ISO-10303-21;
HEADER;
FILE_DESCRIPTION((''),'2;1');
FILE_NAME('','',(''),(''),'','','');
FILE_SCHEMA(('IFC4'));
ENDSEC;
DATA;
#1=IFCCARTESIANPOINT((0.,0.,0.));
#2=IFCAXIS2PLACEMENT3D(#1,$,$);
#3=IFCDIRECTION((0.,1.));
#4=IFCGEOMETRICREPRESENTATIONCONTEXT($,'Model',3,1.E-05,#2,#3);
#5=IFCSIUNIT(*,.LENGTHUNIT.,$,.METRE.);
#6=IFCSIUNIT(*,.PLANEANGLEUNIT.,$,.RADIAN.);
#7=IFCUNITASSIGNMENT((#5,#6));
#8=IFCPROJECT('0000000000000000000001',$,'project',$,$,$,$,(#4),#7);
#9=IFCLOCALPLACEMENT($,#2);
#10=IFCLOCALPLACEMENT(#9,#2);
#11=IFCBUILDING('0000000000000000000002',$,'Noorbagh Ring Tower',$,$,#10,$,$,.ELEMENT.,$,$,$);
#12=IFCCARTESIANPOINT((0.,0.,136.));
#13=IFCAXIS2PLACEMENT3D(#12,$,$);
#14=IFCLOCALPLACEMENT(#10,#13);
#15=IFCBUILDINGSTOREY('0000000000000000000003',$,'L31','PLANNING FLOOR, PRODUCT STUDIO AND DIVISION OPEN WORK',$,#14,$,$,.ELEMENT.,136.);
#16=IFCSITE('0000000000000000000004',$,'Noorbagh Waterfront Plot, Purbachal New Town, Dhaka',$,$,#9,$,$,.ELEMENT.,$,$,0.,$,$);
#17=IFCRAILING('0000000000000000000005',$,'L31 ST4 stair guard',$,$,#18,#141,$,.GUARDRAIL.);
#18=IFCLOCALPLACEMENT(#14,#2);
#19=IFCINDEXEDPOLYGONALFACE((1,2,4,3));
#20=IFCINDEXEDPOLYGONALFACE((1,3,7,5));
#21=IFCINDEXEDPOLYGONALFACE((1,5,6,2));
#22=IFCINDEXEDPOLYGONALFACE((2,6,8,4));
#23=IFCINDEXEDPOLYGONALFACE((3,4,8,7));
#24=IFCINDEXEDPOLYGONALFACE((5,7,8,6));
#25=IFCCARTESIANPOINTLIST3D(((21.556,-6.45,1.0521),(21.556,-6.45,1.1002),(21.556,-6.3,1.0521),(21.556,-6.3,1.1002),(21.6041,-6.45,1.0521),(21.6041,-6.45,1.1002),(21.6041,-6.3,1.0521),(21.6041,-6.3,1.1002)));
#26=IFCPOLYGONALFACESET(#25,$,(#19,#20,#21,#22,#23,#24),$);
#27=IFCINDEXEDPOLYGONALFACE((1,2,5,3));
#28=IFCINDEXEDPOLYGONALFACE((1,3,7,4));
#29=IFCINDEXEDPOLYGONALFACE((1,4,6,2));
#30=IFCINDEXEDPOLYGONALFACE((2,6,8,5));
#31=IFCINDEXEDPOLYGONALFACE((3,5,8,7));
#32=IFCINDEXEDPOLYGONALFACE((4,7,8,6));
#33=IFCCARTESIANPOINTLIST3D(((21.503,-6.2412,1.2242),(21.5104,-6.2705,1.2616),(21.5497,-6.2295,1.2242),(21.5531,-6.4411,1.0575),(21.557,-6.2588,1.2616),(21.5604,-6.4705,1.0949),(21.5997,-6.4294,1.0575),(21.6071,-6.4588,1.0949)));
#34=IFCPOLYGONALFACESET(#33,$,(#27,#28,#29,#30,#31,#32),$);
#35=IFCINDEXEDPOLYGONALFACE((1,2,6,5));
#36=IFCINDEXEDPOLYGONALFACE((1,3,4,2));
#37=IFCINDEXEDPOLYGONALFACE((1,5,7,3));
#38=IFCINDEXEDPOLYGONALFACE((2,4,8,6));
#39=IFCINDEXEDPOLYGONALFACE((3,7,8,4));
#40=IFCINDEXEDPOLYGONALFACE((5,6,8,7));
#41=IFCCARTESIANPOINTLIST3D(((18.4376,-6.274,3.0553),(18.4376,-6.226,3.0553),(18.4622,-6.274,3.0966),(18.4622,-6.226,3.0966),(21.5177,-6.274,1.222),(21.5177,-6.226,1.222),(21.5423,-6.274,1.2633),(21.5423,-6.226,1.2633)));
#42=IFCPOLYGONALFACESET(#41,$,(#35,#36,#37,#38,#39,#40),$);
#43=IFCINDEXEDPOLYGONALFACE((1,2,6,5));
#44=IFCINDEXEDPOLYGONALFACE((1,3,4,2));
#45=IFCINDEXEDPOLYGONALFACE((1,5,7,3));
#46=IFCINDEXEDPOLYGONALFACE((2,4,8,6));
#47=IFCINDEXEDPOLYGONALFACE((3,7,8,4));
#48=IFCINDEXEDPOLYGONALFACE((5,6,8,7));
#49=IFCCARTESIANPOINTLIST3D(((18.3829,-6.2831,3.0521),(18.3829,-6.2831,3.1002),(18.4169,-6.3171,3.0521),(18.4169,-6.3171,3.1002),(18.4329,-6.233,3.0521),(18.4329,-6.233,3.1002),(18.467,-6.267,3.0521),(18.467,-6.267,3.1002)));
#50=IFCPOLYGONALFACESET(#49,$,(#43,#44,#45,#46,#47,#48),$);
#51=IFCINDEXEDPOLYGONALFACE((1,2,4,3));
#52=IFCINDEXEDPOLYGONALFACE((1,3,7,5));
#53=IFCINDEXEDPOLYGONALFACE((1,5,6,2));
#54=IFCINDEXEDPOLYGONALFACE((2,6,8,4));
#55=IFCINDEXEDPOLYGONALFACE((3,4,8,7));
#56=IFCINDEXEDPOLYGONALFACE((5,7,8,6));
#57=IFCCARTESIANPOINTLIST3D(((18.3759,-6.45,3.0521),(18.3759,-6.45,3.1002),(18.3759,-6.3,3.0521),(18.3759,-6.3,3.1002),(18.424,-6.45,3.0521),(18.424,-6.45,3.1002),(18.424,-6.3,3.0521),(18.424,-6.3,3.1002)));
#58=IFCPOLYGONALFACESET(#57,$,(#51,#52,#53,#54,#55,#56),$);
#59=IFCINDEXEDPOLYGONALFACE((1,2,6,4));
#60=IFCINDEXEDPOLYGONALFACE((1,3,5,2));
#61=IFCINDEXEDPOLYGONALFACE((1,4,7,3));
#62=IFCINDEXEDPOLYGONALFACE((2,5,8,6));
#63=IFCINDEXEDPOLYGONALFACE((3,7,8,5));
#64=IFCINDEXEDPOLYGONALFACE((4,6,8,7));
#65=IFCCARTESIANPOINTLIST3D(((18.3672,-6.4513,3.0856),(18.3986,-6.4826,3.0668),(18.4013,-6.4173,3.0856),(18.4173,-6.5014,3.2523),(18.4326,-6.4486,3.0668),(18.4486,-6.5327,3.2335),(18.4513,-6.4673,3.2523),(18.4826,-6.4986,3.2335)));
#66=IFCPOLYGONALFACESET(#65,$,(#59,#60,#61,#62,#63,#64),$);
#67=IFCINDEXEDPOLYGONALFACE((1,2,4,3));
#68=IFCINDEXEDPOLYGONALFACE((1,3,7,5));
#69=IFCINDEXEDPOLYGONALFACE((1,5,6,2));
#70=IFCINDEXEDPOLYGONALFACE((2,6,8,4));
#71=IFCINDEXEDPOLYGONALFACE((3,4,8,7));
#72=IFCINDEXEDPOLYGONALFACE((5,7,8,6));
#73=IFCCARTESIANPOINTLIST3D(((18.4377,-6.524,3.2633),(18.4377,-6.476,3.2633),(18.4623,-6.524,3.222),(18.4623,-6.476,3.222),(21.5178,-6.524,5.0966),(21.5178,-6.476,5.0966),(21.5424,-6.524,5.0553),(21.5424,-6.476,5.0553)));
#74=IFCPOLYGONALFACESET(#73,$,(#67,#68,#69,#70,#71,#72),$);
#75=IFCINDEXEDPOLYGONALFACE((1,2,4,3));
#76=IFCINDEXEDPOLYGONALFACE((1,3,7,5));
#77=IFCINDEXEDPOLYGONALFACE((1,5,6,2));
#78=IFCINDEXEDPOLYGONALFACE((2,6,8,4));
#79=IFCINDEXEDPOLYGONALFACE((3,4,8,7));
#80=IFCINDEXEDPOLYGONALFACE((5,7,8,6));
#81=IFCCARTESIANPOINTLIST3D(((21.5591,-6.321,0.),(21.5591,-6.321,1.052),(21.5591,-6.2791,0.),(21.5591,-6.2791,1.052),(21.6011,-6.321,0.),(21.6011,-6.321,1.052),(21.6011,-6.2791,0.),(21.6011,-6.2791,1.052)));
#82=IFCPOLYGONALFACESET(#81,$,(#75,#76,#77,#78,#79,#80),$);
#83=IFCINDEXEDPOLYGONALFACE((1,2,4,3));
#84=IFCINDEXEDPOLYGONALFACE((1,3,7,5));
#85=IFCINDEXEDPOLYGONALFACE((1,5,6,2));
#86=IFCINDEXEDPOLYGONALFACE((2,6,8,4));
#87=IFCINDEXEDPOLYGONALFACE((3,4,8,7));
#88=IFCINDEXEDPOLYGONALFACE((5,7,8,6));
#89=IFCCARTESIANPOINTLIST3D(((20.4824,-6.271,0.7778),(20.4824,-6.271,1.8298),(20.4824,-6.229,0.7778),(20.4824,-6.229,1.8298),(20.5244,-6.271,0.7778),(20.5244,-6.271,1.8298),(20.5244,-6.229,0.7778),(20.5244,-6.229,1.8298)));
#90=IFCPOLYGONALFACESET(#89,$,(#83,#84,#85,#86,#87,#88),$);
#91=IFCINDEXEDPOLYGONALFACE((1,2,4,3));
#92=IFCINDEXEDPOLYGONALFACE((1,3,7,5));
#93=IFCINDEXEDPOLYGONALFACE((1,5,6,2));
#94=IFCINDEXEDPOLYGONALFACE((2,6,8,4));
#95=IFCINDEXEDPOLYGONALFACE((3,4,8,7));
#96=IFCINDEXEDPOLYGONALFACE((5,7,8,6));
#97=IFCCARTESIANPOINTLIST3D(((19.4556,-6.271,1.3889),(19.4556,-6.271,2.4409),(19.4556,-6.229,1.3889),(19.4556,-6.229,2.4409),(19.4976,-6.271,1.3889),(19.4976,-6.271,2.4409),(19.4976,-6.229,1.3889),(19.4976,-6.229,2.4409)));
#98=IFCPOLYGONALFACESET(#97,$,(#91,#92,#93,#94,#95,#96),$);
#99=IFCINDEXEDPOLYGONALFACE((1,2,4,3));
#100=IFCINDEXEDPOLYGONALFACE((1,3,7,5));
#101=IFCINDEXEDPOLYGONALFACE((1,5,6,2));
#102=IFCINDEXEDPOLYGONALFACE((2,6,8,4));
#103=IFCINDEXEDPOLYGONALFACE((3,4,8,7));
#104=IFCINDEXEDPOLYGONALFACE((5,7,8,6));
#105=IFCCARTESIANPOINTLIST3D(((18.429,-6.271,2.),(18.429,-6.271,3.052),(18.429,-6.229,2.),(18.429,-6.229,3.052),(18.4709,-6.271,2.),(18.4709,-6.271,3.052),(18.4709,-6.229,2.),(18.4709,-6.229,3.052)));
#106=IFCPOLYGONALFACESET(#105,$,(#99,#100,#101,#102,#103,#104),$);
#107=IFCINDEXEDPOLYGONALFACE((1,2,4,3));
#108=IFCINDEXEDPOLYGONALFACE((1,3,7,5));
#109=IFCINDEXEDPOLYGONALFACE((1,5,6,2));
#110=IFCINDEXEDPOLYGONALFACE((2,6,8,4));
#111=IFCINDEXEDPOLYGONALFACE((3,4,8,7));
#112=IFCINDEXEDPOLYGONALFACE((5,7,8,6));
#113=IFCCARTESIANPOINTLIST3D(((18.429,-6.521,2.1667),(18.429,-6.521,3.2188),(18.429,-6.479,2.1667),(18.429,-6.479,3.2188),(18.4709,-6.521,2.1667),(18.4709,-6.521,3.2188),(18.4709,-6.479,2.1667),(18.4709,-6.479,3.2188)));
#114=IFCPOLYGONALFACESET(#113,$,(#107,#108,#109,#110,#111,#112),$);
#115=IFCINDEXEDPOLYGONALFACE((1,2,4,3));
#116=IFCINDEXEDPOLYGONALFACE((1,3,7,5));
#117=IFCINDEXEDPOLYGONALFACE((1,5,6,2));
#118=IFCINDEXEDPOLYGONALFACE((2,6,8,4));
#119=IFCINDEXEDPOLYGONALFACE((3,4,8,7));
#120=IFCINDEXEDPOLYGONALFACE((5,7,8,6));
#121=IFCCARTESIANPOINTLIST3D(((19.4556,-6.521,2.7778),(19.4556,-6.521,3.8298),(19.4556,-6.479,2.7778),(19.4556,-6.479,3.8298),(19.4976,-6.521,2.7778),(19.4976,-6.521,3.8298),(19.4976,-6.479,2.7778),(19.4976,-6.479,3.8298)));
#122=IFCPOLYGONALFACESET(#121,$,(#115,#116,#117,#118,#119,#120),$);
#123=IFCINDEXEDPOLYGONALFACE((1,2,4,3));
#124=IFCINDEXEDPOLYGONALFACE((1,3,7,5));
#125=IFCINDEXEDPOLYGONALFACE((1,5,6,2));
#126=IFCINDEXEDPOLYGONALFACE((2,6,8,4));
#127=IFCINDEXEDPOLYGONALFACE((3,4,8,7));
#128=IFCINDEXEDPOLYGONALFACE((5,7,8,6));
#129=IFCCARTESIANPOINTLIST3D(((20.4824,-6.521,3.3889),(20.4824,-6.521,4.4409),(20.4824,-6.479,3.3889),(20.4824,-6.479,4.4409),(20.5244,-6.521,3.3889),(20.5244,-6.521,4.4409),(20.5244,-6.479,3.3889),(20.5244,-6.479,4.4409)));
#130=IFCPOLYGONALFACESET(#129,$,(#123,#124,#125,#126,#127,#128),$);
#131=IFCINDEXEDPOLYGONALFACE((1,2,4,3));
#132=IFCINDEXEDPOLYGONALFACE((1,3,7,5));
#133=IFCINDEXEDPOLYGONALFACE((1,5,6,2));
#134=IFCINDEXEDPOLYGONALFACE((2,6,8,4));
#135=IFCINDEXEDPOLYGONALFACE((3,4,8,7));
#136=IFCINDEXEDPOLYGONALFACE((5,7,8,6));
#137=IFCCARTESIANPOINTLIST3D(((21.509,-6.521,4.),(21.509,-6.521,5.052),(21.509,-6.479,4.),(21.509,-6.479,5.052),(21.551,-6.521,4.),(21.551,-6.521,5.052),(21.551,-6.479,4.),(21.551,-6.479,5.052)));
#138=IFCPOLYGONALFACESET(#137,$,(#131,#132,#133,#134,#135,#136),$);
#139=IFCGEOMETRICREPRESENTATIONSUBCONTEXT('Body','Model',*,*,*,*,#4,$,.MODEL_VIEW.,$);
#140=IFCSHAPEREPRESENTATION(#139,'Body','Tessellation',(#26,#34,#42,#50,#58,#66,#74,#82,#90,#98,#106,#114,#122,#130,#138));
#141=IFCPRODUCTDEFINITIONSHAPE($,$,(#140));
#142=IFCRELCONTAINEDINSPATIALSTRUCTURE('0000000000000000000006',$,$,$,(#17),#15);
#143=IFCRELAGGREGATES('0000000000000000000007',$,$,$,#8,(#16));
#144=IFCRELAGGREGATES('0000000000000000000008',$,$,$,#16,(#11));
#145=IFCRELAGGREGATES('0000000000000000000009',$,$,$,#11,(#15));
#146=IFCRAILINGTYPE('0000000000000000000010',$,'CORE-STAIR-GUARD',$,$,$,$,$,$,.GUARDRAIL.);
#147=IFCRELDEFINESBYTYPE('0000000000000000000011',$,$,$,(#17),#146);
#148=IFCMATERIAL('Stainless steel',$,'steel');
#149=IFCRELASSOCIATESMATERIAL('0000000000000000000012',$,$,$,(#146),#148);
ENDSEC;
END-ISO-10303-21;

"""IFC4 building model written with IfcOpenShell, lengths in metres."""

from ifc_helpers import new_model, si_unit, direction, frame, origin, origin_2d, place, context, subcontext, project, spatial, rectangle, extrude, material, type_object, element, save


model = new_model("IFC4")

# Units and contexts
model_context = context("Model", 3, precision=1e-05, world=origin(), true_north=direction((0.0, 1.0)))
body_context = subcontext(model_context, "Body", "Model", "MODEL_VIEW")
ifc_project = project(units=[si_unit("LENGTHUNIT", "METRE"), si_unit("PLANEANGLEUNIT", "RADIAN")], contexts=[model_context])

# Site, building, storey
site_placement = place(None, origin())
site = spatial("IfcSite", under=ifc_project, at=site_placement, Name="Noorbagh Waterfront Plot, Purbachal New Town, Dhaka", CompositionType="ELEMENT", RefElevation=0.0)
building_placement = place(site_placement, origin())
building = spatial("IfcBuilding", under=site, at=building_placement, Name="Noorbagh Ring Tower", CompositionType="ELEMENT")
storey_placement = place(building_placement, frame((0.0, 0.0, 136.0)))
storey = spatial("IfcBuildingStorey", under=building, at=storey_placement, Name="L31", Description="PLANNING FLOOR, PRODUCT STUDIO AND DIVISION OPEN WORK", CompositionType="ELEMENT", Elevation=136.0)

# Railing
ifc_material_1 = material(Name="Stainless steel", Category="steel")
railing_type_1 = type_object("IfcRailingType", Name="CORE-STAIR-GUARD", PredefinedType="GUARDRAIL", material=ifc_material_1)
railing_1_placement = place(storey_placement, frame((21.5801, -6.3, 0.0)))
element("IfcRailing", 1, at=railing_1_placement, inside=storey, type_object=railing_type_1, Name="L31 ST4 stair guard", PredefinedType="GUARDRAIL", context=body_context, shape_type="SweptSolid", body=[
    extrude(rectangle(XDim=0.0481, YDim=0.0481, at=origin_2d()), frame((0.0, 0.0, 1.0762), z_axis=(0.0, -1.0, 0.0), x_axis=(1.0, 0.0, 0.0)), (0.0, 0.0, 1.0), 0.1499),
    extrude(rectangle(XDim=0.0481, YDim=0.0481, at=origin_2d()), frame((0.0, -0.1499, 1.0762), z_axis=(-0.188776, 0.754182, 0.628946), x_axis=(-0.970073, -0.242814, 0.0)), (0.0, 0.0, 1.0), 0.2651),
    extrude(rectangle(XDim=0.0481, YDim=0.0481, at=origin_2d()), frame((-0.05, 0.05, 1.2427), z_axis=(-0.859309, 0.0, 0.511458), x_axis=(0.0, -1.0, 0.0)), (0.0, 0.0, 1.0), 3.5845),
    extrude(rectangle(XDim=0.0481, YDim=0.0481, at=origin_2d()), frame((-3.1301, 0.05, 3.0762), z_axis=(-0.707107, -0.707107, 0.0), x_axis=(0.707107, -0.707107, 0.0)), (0.0, 0.0, 1.0), 0.0708),
    extrude(rectangle(XDim=0.0481, YDim=0.0481, at=origin_2d()), frame((-3.1802, 0.0, 3.0762), z_axis=(0.0, -1.0, 0.0), x_axis=(1.0, 0.0, 0.0)), (0.0, 0.0, 1.0), 0.1499),
    extrude(rectangle(XDim=0.0481, YDim=0.0481, at=origin_2d()), frame((-3.1802, -0.1499, 3.0762), z_axis=(0.276287, -0.276287, 0.920506), x_axis=(0.707107, 0.707107, 0.0)), (0.0, 0.0, 1.0), 0.1812),
    extrude(rectangle(XDim=0.0481, YDim=0.0481, at=origin_2d()), frame((-3.1301, -0.2, 3.2427), z_axis=(0.859309, 0.0, 0.511458), x_axis=(0.0, 1.0, 0.0)), (0.0, 0.0, 1.0), 3.5845),
    extrude(rectangle(XDim=0.042, YDim=0.042, at=origin_2d()), origin(), (0.0, 0.0, 1.0), 1.052),
    extrude(rectangle(XDim=0.042, YDim=0.042, at=origin_2d()), frame((-1.0767, 0.05, 0.7778)), (0.0, 0.0, 1.0), 1.052),
    extrude(rectangle(XDim=0.042, YDim=0.042, at=origin_2d()), frame((-2.1035, 0.05, 1.3889)), (0.0, 0.0, 1.0), 1.052),
    extrude(rectangle(XDim=0.042, YDim=0.042, at=origin_2d()), frame((-3.1301, 0.05, 2.0)), (0.0, 0.0, 1.0), 1.052),
    extrude(rectangle(XDim=0.042, YDim=0.042, at=origin_2d()), frame((-3.1301, -0.2, 2.1667)), (0.0, 0.0, 1.0), 1.052),
    extrude(rectangle(XDim=0.042, YDim=0.042, at=origin_2d()), frame((-2.1035, -0.2, 2.7778)), (0.0, 0.0, 1.0), 1.052),
    extrude(rectangle(XDim=0.042, YDim=0.042, at=origin_2d()), frame((-1.0767, -0.2, 3.3889)), (0.0, 0.0, 1.0), 1.052),
    extrude(rectangle(XDim=0.042, YDim=0.042, at=origin_2d()), frame((-0.05, -0.2, 4.0)), (0.0, 0.0, 1.0), 1.052),
])

save(model, "model.ifc")
